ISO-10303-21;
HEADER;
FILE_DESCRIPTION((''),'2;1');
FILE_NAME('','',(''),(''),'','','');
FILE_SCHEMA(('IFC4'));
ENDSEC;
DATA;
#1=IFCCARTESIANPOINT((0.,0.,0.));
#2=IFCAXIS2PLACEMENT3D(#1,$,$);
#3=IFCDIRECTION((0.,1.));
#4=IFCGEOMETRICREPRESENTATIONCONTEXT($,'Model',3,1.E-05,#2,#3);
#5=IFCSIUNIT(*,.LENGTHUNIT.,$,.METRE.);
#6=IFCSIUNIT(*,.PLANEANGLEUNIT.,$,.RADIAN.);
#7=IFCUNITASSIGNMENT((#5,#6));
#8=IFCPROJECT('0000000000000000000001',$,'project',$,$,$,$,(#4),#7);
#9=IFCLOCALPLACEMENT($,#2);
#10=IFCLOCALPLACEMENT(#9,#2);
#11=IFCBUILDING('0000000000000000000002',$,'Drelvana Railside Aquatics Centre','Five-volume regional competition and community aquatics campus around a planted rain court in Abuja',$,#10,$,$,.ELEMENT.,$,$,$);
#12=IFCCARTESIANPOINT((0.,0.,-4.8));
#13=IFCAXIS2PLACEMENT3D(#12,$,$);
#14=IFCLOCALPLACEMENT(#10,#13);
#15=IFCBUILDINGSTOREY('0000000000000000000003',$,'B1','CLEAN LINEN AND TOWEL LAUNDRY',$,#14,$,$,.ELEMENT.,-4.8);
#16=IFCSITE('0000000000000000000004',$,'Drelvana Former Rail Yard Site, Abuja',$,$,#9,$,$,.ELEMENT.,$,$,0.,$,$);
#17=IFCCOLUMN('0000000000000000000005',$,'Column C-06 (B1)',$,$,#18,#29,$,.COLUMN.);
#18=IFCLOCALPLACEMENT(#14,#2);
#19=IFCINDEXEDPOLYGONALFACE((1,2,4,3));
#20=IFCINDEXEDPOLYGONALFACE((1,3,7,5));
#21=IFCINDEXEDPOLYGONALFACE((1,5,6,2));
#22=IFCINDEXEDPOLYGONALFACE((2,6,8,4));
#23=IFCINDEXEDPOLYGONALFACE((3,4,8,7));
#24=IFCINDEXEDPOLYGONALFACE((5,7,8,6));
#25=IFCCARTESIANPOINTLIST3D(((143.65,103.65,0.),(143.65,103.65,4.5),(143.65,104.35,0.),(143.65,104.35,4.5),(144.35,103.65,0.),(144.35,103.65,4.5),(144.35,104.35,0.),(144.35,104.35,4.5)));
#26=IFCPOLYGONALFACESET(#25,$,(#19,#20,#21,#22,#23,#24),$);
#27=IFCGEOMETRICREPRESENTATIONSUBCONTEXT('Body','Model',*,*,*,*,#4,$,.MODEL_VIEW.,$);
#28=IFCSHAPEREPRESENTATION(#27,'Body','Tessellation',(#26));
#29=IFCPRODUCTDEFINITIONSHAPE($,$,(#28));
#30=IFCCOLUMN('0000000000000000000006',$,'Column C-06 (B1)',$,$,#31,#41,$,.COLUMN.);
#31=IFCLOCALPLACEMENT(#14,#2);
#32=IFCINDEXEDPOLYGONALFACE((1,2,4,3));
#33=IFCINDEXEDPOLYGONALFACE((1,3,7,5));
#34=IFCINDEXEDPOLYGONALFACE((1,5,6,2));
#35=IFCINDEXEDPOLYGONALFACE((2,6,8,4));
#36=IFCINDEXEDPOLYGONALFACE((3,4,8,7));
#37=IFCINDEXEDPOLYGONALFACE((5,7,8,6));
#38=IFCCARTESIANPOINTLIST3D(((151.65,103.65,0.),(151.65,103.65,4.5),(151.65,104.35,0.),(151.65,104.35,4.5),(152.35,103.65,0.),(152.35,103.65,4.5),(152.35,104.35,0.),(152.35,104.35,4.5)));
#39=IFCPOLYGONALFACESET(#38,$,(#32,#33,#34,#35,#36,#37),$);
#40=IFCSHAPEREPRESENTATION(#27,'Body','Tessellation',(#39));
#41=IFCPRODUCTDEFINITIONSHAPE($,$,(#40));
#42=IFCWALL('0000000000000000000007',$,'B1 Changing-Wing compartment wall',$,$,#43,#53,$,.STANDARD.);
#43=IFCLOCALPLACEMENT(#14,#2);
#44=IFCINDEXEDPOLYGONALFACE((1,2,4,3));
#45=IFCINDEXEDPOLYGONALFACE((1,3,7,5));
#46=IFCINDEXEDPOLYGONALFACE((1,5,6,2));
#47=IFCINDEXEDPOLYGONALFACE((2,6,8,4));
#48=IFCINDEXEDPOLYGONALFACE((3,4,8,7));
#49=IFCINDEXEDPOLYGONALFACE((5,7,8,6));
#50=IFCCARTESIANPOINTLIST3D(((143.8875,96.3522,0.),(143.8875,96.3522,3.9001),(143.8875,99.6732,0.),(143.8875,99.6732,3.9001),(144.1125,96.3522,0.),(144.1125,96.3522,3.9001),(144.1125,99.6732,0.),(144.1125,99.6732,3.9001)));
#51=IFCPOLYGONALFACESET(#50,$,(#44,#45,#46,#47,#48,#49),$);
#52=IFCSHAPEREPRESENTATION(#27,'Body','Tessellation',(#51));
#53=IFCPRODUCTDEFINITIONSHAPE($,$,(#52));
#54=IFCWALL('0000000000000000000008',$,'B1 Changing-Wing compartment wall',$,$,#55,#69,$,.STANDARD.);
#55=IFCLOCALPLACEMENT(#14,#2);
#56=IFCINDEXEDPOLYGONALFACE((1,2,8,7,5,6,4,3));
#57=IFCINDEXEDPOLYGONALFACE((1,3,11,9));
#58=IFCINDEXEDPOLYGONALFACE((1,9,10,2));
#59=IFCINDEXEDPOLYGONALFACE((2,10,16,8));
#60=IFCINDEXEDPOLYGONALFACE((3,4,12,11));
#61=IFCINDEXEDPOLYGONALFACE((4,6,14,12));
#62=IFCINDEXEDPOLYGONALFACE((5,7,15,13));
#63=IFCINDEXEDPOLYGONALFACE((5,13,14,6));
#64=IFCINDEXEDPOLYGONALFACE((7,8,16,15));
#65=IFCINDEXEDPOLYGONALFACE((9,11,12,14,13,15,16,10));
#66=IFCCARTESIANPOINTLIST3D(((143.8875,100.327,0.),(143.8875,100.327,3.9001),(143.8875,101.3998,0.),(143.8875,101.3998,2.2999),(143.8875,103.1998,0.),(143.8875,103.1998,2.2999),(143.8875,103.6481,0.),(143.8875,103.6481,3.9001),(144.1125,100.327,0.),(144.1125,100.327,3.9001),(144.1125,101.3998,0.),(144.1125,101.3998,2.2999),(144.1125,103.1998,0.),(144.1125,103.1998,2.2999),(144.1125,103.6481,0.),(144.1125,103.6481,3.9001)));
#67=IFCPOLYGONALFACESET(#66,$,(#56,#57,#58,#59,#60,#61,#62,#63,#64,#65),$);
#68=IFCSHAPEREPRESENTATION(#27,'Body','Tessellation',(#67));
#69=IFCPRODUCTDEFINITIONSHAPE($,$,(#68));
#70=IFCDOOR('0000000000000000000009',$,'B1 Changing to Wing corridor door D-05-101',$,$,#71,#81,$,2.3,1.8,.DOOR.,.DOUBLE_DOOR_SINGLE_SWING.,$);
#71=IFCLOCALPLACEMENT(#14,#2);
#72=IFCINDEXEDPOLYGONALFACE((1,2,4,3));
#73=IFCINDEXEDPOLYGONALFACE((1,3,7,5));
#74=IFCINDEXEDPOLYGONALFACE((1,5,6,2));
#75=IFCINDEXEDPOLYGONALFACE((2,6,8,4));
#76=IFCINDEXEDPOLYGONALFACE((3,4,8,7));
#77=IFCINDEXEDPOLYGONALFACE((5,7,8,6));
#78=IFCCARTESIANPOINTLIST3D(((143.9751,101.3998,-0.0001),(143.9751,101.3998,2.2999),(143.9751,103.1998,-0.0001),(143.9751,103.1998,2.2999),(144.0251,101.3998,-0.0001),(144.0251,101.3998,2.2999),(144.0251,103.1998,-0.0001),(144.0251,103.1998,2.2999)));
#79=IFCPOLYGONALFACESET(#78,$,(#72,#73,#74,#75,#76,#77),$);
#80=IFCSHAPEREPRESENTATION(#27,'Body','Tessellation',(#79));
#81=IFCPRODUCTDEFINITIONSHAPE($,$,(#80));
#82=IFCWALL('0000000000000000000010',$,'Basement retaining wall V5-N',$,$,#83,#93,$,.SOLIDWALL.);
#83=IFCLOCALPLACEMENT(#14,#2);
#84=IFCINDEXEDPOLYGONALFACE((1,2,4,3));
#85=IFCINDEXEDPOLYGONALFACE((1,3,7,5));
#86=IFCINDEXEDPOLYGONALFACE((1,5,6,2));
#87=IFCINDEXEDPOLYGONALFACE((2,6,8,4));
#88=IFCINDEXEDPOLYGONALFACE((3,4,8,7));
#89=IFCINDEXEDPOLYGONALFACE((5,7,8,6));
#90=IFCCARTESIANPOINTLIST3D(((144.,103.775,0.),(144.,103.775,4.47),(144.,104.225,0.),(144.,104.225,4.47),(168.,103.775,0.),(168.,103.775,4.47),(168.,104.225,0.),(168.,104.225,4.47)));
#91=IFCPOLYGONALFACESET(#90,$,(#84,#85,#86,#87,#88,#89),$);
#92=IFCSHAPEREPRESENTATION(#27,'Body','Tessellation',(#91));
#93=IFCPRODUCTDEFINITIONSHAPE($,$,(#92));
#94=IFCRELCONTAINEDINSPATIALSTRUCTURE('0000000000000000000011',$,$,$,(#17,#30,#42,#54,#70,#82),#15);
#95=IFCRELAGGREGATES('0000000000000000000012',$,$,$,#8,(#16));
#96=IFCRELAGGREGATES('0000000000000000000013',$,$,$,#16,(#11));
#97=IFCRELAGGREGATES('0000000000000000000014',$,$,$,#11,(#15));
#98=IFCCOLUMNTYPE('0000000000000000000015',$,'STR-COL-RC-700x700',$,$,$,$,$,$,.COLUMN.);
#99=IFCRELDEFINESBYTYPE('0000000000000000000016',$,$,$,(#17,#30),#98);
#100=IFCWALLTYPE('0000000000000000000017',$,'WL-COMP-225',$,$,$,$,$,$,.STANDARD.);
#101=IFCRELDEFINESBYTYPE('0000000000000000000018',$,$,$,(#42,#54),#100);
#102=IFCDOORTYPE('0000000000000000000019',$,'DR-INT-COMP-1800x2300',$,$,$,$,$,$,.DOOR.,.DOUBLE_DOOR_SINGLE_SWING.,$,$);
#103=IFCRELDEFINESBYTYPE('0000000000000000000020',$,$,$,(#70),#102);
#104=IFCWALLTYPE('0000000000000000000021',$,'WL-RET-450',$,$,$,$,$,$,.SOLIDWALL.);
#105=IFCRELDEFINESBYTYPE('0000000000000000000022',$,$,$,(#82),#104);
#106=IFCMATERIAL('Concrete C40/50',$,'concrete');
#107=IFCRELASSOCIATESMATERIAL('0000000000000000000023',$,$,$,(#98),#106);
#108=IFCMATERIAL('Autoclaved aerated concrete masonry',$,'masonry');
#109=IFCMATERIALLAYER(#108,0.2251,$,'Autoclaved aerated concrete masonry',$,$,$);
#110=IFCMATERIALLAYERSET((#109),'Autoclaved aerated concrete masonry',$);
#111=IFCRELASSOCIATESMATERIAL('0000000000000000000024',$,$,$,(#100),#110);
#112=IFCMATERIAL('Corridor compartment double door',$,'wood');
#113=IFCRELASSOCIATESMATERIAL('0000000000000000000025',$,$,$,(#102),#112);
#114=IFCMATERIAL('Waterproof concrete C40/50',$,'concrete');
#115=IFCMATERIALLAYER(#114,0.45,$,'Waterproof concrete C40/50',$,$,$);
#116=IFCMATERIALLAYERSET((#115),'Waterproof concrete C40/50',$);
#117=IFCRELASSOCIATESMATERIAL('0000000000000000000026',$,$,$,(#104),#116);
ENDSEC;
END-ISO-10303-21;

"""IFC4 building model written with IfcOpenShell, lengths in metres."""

from ifc_helpers import new_model, si_unit, direction, frame, frame_2d, origin, origin_2d, place, context, subcontext, project, spatial, rectangle, extrude, material, layer, layer_set, material_profile, profile_set, type_object, element, fill, save


model = new_model("IFC4")

# Units and contexts
model_context = context("Model", 3, precision=1e-05, world=origin(), true_north=direction((0.0, 1.0)))
body_context = subcontext(model_context, "Body", "Model", "MODEL_VIEW")
ifc_project = project(units=[si_unit("LENGTHUNIT", "METRE"), si_unit("PLANEANGLEUNIT", "RADIAN")], contexts=[model_context])

# Site, building, storey
site_placement = place(None, origin())
site = spatial("IfcSite", under=ifc_project, at=site_placement, Name="Drelvana Former Rail Yard Site, Abuja", CompositionType="ELEMENT", RefElevation=0.0)
building_placement = place(site_placement, origin())
building = spatial("IfcBuilding", under=site, at=building_placement, Name="Drelvana Railside Aquatics Centre", Description="Five-volume regional competition and community aquatics campus around a planted rain court in Abuja", CompositionType="ELEMENT")
storey_placement = place(building_placement, frame((0.0, 0.0, -4.8)))
storey = spatial("IfcBuildingStorey", under=building, at=storey_placement, Name="B1", Description="CLEAN LINEN AND TOWEL LAUNDRY", CompositionType="ELEMENT", Elevation=-4.8)

# Columns
ifc_material_1 = material(Name="Concrete C40/50", Category="concrete")
ifc_material_profile_1 = material_profile(ifc_material_1, rectangle(XDim=0.7, YDim=0.7, at=origin_2d()), Name="RC 700x700")
ifc_profile_set_1 = profile_set([ifc_material_profile_1], Name="Concrete C40/50")
column_type_1 = type_object("IfcColumnType", Name="STR-COL-RC-700x700", PredefinedType="COLUMN", material=ifc_profile_set_1)
for number, where, z_axis, x_axis, name in (
    (1, (144.0, 104.0, 0.0), (0.0, 0.0, 1.0), (1.0, 0.0, 0.0), "Column C-06 (B1)"),
    (2, (152.0, 104.0, 0.0), (0.0, 0.0, 1.0), (1.0, 0.0, 0.0), "Column C-06 (B1)"),
):
    element("IfcColumn", number, at=place(storey_placement, frame(where, z_axis=z_axis, x_axis=x_axis)), inside=storey, type_object=column_type_1, Name=name, PredefinedType="COLUMN", context=body_context, shape_type="SweptSolid", body=[
        extrude(rectangle(XDim=0.7, YDim=0.7, at=origin_2d()), origin(), (0.0, 0.0, 1.0), 4.5),
    ])

# Wall
ifc_material_2 = material(Name="Autoclaved aerated concrete masonry", Category="masonry")
ifc_layer_1 = layer(ifc_material_2, 0.2251, Name="Autoclaved aerated concrete masonry")
ifc_layer_set_1 = layer_set([ifc_layer_1], Name="Autoclaved aerated concrete masonry")
wall_type_1 = type_object("IfcWallType", Name="WL-COMP-225", PredefinedType="STANDARD", material=ifc_layer_set_1)
wall_1_placement = place(storey_placement, frame((144.0, 96.3521, 0.0), z_axis=(0.0, 0.0, 1.0), x_axis=(0.0, 1.0, 0.0)))
element("IfcWall", 3, at=wall_1_placement, inside=storey, type_object=wall_type_1, Name="B1 Changing-Wing compartment wall", PredefinedType="STANDARD", context=body_context, shape_type="SweptSolid", body=[
    extrude(rectangle(XDim=3.321, YDim=0.2251, at=frame_2d((1.6606, 0.0))), origin(), (0.0, 0.0, 1.0), 3.9001),
])

# Wall, opening, door
wall_2_placement = place(storey_placement, frame((144.0, 100.3269, 0.0), z_axis=(0.0, 0.0, 1.0), x_axis=(0.0, 1.0, 0.0)))
wall_2 = element("IfcWall", 4, at=wall_2_placement, inside=storey, type_object=wall_type_1, Name="B1 Changing-Wing compartment wall", PredefinedType="STANDARD", context=body_context, shape_type="SweptSolid", body=[
    extrude(rectangle(XDim=3.321, YDim=0.2251, at=frame_2d((1.6606, 0.0))), origin(), (0.0, 0.0, 1.0), 3.9001),
])
opening_placement = place(wall_2_placement, frame((1.073, 0.0, 0.0)))
opening = element("IfcOpeningElement", 5, at=opening_placement, cuts=wall_2, PredefinedType="OPENING", context=body_context, shape_type="SweptSolid", body=[
    extrude(rectangle(XDim=1.8, YDim=2.3, at=frame_2d((0.8999, 1.1499))), frame((0.0, 0.1226, 0.0), z_axis=(0.0, -1.0, 0.0), x_axis=(1.0, 0.0, 0.0)), (0.0, 0.0, 1.0), 0.2451),
])
ifc_material_3 = material(Name="Corridor compartment double door", Category="wood")
door_type = type_object("IfcDoorType", Name="DR-INT-COMP-1800x2300", OperationType="DOUBLE_DOOR_SINGLE_SWING", PredefinedType="DOOR", material=ifc_material_3)
door_placement = place(opening_placement, origin())
door = element("IfcDoor", 6, at=door_placement, inside=storey, type_object=door_type, Name="B1 Changing to Wing corridor door D-05-101", OperationType="DOUBLE_DOOR_SINGLE_SWING", OverallHeight=2.3, OverallWidth=1.8, PredefinedType="DOOR", context=body_context, shape_type="SweptSolid", body=[
    extrude(rectangle(XDim=1.8, YDim=2.3, at=frame_2d((0.8999, 1.1499))), frame((0.0, 0.0249, 0.0), z_axis=(0.0, -1.0, 0.0), x_axis=(1.0, 0.0, 0.0)), (0.0, 0.0, 1.0), 0.05),
])
fill(opening, door)

# Wall
ifc_material_4 = material(Name="Waterproof concrete C40/50", Category="concrete")
ifc_layer_2 = layer(ifc_material_4, 0.45, Name="Waterproof concrete C40/50")
ifc_layer_set_2 = layer_set([ifc_layer_2], Name="Waterproof concrete C40/50")
wall_type_2 = type_object("IfcWallType", Name="WL-RET-450", PredefinedType="SOLIDWALL", material=ifc_layer_set_2)
wall_3_placement = place(storey_placement, frame((144.0, 104.0, 0.0), z_axis=(0.0, 0.0, 1.0), x_axis=(1.0, 0.0, 0.0)))
element("IfcWall", 7, at=wall_3_placement, inside=storey, type_object=wall_type_2, Name="Basement retaining wall V5-N", PredefinedType="SOLIDWALL", context=body_context, shape_type="SweptSolid", body=[
    extrude(rectangle(XDim=24.0, YDim=0.45, at=frame_2d((12.0, 0.0))), origin(), (0.0, 0.0, 1.0), 4.47),
])

save(model, "model.ifc")
